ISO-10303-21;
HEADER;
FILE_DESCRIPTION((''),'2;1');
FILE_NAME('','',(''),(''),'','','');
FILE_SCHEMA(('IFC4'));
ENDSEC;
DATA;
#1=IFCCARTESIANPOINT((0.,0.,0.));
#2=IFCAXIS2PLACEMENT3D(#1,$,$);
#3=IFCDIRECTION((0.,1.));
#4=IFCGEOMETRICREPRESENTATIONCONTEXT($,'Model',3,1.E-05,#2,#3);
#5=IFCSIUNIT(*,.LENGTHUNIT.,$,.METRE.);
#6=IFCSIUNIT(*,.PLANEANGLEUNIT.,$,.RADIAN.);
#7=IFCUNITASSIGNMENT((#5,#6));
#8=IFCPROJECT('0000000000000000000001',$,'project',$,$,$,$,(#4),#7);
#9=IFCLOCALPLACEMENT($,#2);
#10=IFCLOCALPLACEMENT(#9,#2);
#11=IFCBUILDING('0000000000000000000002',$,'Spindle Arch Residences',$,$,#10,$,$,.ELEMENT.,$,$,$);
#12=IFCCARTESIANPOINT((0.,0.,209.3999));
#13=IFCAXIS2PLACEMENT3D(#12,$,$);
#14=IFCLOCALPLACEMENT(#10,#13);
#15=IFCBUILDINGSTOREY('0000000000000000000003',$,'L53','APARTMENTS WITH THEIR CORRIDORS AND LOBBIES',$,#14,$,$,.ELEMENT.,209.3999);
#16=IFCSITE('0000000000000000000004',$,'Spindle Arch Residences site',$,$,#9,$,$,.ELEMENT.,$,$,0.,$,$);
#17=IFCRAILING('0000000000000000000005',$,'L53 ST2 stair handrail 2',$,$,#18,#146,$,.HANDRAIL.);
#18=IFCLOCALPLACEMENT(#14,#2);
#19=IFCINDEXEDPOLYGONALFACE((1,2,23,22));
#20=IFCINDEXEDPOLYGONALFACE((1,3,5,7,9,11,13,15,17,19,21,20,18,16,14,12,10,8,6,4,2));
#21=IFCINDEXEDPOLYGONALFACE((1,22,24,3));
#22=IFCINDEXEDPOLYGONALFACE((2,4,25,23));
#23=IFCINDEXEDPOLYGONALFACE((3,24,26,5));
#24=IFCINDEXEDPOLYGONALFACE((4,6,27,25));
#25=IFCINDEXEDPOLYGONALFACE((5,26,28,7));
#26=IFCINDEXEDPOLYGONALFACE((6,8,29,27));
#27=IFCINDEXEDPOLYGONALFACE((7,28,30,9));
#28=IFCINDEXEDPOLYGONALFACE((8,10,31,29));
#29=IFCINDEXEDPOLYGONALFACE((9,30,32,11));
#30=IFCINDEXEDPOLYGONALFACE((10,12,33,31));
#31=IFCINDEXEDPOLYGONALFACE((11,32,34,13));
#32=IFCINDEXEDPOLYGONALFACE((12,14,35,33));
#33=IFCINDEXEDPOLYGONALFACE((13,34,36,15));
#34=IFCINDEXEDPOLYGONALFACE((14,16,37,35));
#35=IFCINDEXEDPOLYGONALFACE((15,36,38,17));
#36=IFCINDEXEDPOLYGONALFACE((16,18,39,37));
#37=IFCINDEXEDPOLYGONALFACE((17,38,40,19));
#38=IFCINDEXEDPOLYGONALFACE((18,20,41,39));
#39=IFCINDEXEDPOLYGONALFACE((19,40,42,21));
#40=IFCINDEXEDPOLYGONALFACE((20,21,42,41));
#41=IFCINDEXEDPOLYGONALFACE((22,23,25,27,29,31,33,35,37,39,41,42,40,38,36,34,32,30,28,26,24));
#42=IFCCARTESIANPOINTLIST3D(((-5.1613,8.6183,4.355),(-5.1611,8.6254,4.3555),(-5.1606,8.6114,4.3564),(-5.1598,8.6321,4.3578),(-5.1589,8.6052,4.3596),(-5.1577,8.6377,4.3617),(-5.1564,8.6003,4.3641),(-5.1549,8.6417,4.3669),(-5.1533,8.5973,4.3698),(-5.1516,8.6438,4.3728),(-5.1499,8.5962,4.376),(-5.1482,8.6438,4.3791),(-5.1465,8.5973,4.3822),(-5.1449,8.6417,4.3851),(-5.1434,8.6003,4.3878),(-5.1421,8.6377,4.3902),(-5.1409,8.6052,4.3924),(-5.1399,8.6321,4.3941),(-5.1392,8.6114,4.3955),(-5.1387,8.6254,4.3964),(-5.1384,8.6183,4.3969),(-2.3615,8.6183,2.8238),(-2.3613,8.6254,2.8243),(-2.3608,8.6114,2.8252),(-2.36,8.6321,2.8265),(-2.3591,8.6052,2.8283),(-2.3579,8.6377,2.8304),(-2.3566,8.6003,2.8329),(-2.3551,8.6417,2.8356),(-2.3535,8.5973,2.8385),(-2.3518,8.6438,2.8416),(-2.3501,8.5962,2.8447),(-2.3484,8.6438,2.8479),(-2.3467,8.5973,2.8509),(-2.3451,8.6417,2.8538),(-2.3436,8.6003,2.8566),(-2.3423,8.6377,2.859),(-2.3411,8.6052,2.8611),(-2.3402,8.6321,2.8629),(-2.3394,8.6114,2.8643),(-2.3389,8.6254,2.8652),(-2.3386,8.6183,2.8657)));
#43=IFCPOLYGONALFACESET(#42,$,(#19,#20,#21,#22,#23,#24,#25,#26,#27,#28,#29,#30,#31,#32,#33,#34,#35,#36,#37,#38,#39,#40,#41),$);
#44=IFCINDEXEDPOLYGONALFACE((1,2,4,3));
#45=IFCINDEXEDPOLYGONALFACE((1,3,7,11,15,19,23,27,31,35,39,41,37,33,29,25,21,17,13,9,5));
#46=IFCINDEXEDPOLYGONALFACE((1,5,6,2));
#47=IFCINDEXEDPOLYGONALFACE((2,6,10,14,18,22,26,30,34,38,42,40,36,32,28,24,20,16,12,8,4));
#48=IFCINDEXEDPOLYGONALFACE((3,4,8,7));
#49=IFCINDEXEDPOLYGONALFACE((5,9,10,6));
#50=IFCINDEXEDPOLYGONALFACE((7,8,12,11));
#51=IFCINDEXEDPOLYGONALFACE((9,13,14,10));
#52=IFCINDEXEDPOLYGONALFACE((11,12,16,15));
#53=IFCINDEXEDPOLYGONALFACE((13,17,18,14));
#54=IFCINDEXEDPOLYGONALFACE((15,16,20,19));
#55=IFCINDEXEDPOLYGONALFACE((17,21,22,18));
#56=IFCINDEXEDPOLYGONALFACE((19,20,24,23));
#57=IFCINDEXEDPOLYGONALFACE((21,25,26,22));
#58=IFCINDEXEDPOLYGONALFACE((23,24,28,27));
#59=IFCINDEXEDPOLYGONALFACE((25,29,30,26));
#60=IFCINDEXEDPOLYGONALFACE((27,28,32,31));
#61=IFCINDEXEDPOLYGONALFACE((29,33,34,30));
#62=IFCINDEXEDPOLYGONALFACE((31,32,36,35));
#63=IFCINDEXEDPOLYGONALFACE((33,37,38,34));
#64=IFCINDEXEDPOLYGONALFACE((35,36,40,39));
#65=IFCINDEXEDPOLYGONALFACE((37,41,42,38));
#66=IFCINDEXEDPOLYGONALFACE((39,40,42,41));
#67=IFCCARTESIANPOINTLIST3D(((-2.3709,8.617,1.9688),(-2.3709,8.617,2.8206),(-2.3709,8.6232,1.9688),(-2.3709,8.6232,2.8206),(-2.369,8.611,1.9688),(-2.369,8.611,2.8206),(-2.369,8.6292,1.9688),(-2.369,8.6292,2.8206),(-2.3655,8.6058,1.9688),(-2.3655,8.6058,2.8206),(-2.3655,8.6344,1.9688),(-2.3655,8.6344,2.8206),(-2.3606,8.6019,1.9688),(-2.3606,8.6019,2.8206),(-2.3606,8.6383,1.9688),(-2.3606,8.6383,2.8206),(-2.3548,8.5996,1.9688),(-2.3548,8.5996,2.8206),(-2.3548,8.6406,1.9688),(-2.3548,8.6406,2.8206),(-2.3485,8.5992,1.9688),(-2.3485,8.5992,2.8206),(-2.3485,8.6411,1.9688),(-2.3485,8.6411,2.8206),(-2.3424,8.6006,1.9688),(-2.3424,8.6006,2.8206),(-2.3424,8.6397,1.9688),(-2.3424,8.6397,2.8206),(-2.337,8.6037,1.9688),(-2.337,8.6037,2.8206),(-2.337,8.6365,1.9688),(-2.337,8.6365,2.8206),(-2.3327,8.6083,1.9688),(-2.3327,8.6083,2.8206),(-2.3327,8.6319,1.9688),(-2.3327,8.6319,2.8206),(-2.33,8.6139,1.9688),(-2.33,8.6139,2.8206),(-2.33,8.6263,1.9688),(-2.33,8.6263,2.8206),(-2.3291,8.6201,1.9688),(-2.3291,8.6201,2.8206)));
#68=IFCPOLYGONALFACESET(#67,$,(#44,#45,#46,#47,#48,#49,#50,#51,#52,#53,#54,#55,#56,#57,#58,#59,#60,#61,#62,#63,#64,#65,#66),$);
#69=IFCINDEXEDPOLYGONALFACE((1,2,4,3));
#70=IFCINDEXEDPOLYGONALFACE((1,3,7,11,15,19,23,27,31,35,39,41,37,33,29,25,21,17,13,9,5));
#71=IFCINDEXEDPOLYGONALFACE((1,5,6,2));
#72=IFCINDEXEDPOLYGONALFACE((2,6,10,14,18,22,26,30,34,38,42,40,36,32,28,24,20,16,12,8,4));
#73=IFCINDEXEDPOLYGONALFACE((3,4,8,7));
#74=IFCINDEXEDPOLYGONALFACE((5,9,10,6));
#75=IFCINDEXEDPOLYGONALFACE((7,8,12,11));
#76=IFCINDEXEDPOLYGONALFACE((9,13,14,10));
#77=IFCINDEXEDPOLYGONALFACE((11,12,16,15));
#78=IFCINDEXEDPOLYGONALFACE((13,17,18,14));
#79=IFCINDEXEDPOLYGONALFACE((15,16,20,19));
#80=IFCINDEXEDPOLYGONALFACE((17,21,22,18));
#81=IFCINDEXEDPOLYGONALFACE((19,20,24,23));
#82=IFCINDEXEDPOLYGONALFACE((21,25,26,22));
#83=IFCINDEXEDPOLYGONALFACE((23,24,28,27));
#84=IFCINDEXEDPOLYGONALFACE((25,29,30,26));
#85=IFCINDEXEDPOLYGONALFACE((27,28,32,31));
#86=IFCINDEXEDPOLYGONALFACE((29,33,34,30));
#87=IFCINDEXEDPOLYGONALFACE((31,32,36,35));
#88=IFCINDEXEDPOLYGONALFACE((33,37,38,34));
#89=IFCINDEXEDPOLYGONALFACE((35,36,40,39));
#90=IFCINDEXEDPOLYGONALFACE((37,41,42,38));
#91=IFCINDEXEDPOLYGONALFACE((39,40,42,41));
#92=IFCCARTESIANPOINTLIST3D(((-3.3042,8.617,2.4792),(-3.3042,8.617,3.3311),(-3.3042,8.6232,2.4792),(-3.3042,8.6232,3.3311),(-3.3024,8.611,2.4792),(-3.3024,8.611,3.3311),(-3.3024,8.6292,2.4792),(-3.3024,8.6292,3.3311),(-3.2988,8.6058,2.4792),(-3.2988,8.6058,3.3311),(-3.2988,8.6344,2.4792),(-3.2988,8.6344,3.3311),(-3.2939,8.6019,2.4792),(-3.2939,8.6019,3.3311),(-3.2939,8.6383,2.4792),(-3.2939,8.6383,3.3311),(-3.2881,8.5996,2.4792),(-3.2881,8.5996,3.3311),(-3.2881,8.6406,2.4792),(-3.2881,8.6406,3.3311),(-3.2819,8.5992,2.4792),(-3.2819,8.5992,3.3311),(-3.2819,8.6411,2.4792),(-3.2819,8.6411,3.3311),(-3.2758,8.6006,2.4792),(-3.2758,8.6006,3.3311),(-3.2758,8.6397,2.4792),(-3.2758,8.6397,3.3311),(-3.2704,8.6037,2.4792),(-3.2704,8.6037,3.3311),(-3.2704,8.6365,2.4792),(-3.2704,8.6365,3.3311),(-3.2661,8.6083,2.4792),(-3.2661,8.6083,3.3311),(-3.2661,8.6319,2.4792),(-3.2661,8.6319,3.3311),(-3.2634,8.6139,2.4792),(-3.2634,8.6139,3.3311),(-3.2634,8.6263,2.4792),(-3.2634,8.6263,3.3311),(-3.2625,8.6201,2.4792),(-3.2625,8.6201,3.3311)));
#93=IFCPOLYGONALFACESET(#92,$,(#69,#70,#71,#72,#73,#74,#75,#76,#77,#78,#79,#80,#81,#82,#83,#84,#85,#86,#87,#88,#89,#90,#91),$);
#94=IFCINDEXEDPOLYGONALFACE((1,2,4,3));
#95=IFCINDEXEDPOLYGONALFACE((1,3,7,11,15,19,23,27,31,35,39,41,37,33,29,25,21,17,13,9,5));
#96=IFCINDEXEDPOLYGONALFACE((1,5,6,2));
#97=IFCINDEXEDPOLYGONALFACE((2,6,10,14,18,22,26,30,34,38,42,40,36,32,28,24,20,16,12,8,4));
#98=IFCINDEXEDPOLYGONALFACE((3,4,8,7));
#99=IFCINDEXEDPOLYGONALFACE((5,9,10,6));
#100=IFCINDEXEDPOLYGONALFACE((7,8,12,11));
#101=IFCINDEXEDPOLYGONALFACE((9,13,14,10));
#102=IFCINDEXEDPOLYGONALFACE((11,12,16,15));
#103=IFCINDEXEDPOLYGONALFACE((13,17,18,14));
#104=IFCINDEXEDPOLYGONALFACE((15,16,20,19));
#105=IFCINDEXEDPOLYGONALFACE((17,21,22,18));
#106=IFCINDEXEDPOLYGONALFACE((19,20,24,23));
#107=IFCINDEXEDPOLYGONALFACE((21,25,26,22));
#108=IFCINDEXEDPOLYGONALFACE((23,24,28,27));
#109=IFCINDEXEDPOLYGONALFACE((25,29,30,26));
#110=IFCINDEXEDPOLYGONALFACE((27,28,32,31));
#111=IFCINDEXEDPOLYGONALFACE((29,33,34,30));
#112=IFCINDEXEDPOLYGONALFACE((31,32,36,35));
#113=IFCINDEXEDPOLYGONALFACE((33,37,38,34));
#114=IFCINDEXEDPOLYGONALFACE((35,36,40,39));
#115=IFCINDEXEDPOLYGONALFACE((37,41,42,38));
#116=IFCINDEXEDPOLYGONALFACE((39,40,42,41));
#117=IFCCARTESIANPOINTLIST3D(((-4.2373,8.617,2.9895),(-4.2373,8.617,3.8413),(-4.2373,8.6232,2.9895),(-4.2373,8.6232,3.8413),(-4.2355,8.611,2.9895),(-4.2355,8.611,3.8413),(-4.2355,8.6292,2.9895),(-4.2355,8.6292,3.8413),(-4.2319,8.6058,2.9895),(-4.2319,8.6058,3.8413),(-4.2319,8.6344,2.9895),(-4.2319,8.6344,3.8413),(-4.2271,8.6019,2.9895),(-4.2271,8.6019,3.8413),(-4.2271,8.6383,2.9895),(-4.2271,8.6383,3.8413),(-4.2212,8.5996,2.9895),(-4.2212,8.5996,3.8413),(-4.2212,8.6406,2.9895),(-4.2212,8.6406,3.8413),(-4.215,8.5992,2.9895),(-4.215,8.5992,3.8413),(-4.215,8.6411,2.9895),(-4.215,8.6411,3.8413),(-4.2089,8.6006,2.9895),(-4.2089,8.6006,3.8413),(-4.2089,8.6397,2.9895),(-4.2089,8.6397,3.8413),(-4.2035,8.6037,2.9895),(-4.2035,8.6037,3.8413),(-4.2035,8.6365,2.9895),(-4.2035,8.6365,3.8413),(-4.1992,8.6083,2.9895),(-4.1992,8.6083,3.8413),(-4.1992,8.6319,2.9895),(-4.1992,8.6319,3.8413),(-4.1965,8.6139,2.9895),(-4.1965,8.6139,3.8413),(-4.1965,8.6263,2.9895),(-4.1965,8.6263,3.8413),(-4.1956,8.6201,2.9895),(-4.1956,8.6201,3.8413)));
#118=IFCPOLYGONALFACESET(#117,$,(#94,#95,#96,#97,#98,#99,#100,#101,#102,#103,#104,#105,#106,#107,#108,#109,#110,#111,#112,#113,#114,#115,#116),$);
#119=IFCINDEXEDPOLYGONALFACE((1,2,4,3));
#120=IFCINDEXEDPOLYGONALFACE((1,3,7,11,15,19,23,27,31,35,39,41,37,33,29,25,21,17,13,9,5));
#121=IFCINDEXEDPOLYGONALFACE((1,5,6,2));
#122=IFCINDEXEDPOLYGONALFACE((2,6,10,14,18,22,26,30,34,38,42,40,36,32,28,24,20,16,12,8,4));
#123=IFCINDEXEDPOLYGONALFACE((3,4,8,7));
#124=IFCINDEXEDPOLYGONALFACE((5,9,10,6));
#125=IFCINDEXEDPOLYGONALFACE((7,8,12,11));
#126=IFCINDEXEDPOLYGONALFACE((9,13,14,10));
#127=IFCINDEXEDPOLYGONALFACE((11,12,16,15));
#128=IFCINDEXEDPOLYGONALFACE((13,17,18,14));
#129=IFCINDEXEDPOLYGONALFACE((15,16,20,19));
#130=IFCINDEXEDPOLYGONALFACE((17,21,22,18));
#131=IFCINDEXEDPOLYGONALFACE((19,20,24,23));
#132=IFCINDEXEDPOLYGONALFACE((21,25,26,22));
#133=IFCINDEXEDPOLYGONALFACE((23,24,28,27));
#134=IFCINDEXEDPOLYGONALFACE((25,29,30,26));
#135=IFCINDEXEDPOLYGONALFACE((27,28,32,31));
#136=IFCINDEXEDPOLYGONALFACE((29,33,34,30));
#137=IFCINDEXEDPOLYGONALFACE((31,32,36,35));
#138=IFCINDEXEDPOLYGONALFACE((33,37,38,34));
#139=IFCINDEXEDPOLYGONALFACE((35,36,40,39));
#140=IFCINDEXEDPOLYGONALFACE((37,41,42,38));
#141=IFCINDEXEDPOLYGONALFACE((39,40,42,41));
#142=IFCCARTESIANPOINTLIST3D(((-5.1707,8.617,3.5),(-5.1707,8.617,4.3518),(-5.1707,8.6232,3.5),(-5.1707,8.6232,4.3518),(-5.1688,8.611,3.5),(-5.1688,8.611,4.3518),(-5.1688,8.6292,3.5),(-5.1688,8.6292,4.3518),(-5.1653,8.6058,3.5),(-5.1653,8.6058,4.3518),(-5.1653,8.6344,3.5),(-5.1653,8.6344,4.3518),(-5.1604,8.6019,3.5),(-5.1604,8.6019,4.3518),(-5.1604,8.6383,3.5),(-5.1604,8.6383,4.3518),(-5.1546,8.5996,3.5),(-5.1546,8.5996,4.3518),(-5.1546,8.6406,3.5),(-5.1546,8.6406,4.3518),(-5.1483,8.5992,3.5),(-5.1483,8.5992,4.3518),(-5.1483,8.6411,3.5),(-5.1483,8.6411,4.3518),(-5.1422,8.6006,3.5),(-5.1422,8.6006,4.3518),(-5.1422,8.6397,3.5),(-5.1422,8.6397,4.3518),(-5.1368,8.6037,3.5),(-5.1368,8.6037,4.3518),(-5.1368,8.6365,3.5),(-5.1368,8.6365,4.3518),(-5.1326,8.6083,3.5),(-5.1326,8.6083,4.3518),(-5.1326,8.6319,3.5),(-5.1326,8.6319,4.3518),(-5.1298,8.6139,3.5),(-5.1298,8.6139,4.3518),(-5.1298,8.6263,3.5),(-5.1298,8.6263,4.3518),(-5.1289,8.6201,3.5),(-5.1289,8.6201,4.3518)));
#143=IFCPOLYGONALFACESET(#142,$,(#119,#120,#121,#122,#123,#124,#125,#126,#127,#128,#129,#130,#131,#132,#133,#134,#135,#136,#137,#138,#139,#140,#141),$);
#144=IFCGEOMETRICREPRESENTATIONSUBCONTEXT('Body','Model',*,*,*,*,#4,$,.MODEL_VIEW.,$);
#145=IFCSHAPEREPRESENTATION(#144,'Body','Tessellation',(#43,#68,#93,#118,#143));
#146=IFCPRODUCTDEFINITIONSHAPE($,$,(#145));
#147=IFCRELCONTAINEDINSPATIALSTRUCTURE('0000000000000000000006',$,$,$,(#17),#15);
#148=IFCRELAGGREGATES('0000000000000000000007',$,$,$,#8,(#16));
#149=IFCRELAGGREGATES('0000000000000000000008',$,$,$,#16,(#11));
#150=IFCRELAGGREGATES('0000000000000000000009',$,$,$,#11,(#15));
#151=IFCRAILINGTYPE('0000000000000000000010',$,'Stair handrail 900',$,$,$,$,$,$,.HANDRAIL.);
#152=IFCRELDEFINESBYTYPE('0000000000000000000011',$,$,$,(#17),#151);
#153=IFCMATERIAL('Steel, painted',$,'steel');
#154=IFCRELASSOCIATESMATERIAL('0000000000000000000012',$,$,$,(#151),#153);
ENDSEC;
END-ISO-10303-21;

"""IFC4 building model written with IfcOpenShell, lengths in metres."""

from ifc_helpers import new_model, si_unit, direction, frame, origin, origin_2d, place, context, subcontext, project, spatial, circle, extrude, material, type_object, element, save


model = new_model("IFC4")

# Units and contexts
model_context = context("Model", 3, precision=1e-05, world=origin(), true_north=direction((0.0, 1.0)))
body_context = subcontext(model_context, "Body", "Model", "MODEL_VIEW")
ifc_project = project(units=[si_unit("LENGTHUNIT", "METRE"), si_unit("PLANEANGLEUNIT", "RADIAN")], contexts=[model_context])

# Site, building, storey
site_placement = place(None, origin())
site = spatial("IfcSite", under=ifc_project, at=site_placement, Name="Spindle Arch Residences site", CompositionType="ELEMENT", RefElevation=0.0)
building_placement = place(site_placement, origin())
building = spatial("IfcBuilding", under=site, at=building_placement, Name="Spindle Arch Residences", CompositionType="ELEMENT")
storey_placement = place(building_placement, frame((0.0, 0.0, 209.3999)))
storey = spatial("IfcBuildingStorey", under=building, at=storey_placement, Name="L53", Description="APARTMENTS WITH THEIR CORRIDORS AND LOBBIES", CompositionType="ELEMENT", Elevation=209.3999)

# Railing
ifc_material_1 = material(Name="Steel, painted", Category="steel")
railing_type_1 = type_object("IfcRailingType", Name="Stair handrail 900", PredefinedType="HANDRAIL", material=ifc_material_1)
railing_1_placement = place(storey_placement, frame((-2.3501, 8.6201, 1.9688)))
element("IfcRailing", 1, at=railing_1_placement, inside=storey, type_object=railing_type_1, Name="L53 ST2 stair handrail 2", PredefinedType="HANDRAIL", context=body_context, shape_type="SweptSolid", body=[
    extrude(circle(Radius=0.0239, at=origin_2d()), frame((0.0, 0.0, 0.876), z_axis=(-0.877357, 0.0, 0.479838), x_axis=(0.0, -1.0, 0.0)), (0.0, 0.0, 1.0), 3.1912),
    extrude(circle(Radius=0.021, at=origin_2d()), origin(), (0.0, 0.0, 1.0), 0.8518),
    extrude(circle(Radius=0.021, at=origin_2d()), frame((-0.9333, 0.0, 0.5105)), (0.0, 0.0, 1.0), 0.8518),
    extrude(circle(Radius=0.021, at=origin_2d()), frame((-1.8665, 0.0, 1.0208)), (0.0, 0.0, 1.0), 0.8518),
    extrude(circle(Radius=0.021, at=origin_2d()), frame((-2.7998, 0.0, 1.5312)), (0.0, 0.0, 1.0), 0.8518),
])

save(model, "model.ifc")
